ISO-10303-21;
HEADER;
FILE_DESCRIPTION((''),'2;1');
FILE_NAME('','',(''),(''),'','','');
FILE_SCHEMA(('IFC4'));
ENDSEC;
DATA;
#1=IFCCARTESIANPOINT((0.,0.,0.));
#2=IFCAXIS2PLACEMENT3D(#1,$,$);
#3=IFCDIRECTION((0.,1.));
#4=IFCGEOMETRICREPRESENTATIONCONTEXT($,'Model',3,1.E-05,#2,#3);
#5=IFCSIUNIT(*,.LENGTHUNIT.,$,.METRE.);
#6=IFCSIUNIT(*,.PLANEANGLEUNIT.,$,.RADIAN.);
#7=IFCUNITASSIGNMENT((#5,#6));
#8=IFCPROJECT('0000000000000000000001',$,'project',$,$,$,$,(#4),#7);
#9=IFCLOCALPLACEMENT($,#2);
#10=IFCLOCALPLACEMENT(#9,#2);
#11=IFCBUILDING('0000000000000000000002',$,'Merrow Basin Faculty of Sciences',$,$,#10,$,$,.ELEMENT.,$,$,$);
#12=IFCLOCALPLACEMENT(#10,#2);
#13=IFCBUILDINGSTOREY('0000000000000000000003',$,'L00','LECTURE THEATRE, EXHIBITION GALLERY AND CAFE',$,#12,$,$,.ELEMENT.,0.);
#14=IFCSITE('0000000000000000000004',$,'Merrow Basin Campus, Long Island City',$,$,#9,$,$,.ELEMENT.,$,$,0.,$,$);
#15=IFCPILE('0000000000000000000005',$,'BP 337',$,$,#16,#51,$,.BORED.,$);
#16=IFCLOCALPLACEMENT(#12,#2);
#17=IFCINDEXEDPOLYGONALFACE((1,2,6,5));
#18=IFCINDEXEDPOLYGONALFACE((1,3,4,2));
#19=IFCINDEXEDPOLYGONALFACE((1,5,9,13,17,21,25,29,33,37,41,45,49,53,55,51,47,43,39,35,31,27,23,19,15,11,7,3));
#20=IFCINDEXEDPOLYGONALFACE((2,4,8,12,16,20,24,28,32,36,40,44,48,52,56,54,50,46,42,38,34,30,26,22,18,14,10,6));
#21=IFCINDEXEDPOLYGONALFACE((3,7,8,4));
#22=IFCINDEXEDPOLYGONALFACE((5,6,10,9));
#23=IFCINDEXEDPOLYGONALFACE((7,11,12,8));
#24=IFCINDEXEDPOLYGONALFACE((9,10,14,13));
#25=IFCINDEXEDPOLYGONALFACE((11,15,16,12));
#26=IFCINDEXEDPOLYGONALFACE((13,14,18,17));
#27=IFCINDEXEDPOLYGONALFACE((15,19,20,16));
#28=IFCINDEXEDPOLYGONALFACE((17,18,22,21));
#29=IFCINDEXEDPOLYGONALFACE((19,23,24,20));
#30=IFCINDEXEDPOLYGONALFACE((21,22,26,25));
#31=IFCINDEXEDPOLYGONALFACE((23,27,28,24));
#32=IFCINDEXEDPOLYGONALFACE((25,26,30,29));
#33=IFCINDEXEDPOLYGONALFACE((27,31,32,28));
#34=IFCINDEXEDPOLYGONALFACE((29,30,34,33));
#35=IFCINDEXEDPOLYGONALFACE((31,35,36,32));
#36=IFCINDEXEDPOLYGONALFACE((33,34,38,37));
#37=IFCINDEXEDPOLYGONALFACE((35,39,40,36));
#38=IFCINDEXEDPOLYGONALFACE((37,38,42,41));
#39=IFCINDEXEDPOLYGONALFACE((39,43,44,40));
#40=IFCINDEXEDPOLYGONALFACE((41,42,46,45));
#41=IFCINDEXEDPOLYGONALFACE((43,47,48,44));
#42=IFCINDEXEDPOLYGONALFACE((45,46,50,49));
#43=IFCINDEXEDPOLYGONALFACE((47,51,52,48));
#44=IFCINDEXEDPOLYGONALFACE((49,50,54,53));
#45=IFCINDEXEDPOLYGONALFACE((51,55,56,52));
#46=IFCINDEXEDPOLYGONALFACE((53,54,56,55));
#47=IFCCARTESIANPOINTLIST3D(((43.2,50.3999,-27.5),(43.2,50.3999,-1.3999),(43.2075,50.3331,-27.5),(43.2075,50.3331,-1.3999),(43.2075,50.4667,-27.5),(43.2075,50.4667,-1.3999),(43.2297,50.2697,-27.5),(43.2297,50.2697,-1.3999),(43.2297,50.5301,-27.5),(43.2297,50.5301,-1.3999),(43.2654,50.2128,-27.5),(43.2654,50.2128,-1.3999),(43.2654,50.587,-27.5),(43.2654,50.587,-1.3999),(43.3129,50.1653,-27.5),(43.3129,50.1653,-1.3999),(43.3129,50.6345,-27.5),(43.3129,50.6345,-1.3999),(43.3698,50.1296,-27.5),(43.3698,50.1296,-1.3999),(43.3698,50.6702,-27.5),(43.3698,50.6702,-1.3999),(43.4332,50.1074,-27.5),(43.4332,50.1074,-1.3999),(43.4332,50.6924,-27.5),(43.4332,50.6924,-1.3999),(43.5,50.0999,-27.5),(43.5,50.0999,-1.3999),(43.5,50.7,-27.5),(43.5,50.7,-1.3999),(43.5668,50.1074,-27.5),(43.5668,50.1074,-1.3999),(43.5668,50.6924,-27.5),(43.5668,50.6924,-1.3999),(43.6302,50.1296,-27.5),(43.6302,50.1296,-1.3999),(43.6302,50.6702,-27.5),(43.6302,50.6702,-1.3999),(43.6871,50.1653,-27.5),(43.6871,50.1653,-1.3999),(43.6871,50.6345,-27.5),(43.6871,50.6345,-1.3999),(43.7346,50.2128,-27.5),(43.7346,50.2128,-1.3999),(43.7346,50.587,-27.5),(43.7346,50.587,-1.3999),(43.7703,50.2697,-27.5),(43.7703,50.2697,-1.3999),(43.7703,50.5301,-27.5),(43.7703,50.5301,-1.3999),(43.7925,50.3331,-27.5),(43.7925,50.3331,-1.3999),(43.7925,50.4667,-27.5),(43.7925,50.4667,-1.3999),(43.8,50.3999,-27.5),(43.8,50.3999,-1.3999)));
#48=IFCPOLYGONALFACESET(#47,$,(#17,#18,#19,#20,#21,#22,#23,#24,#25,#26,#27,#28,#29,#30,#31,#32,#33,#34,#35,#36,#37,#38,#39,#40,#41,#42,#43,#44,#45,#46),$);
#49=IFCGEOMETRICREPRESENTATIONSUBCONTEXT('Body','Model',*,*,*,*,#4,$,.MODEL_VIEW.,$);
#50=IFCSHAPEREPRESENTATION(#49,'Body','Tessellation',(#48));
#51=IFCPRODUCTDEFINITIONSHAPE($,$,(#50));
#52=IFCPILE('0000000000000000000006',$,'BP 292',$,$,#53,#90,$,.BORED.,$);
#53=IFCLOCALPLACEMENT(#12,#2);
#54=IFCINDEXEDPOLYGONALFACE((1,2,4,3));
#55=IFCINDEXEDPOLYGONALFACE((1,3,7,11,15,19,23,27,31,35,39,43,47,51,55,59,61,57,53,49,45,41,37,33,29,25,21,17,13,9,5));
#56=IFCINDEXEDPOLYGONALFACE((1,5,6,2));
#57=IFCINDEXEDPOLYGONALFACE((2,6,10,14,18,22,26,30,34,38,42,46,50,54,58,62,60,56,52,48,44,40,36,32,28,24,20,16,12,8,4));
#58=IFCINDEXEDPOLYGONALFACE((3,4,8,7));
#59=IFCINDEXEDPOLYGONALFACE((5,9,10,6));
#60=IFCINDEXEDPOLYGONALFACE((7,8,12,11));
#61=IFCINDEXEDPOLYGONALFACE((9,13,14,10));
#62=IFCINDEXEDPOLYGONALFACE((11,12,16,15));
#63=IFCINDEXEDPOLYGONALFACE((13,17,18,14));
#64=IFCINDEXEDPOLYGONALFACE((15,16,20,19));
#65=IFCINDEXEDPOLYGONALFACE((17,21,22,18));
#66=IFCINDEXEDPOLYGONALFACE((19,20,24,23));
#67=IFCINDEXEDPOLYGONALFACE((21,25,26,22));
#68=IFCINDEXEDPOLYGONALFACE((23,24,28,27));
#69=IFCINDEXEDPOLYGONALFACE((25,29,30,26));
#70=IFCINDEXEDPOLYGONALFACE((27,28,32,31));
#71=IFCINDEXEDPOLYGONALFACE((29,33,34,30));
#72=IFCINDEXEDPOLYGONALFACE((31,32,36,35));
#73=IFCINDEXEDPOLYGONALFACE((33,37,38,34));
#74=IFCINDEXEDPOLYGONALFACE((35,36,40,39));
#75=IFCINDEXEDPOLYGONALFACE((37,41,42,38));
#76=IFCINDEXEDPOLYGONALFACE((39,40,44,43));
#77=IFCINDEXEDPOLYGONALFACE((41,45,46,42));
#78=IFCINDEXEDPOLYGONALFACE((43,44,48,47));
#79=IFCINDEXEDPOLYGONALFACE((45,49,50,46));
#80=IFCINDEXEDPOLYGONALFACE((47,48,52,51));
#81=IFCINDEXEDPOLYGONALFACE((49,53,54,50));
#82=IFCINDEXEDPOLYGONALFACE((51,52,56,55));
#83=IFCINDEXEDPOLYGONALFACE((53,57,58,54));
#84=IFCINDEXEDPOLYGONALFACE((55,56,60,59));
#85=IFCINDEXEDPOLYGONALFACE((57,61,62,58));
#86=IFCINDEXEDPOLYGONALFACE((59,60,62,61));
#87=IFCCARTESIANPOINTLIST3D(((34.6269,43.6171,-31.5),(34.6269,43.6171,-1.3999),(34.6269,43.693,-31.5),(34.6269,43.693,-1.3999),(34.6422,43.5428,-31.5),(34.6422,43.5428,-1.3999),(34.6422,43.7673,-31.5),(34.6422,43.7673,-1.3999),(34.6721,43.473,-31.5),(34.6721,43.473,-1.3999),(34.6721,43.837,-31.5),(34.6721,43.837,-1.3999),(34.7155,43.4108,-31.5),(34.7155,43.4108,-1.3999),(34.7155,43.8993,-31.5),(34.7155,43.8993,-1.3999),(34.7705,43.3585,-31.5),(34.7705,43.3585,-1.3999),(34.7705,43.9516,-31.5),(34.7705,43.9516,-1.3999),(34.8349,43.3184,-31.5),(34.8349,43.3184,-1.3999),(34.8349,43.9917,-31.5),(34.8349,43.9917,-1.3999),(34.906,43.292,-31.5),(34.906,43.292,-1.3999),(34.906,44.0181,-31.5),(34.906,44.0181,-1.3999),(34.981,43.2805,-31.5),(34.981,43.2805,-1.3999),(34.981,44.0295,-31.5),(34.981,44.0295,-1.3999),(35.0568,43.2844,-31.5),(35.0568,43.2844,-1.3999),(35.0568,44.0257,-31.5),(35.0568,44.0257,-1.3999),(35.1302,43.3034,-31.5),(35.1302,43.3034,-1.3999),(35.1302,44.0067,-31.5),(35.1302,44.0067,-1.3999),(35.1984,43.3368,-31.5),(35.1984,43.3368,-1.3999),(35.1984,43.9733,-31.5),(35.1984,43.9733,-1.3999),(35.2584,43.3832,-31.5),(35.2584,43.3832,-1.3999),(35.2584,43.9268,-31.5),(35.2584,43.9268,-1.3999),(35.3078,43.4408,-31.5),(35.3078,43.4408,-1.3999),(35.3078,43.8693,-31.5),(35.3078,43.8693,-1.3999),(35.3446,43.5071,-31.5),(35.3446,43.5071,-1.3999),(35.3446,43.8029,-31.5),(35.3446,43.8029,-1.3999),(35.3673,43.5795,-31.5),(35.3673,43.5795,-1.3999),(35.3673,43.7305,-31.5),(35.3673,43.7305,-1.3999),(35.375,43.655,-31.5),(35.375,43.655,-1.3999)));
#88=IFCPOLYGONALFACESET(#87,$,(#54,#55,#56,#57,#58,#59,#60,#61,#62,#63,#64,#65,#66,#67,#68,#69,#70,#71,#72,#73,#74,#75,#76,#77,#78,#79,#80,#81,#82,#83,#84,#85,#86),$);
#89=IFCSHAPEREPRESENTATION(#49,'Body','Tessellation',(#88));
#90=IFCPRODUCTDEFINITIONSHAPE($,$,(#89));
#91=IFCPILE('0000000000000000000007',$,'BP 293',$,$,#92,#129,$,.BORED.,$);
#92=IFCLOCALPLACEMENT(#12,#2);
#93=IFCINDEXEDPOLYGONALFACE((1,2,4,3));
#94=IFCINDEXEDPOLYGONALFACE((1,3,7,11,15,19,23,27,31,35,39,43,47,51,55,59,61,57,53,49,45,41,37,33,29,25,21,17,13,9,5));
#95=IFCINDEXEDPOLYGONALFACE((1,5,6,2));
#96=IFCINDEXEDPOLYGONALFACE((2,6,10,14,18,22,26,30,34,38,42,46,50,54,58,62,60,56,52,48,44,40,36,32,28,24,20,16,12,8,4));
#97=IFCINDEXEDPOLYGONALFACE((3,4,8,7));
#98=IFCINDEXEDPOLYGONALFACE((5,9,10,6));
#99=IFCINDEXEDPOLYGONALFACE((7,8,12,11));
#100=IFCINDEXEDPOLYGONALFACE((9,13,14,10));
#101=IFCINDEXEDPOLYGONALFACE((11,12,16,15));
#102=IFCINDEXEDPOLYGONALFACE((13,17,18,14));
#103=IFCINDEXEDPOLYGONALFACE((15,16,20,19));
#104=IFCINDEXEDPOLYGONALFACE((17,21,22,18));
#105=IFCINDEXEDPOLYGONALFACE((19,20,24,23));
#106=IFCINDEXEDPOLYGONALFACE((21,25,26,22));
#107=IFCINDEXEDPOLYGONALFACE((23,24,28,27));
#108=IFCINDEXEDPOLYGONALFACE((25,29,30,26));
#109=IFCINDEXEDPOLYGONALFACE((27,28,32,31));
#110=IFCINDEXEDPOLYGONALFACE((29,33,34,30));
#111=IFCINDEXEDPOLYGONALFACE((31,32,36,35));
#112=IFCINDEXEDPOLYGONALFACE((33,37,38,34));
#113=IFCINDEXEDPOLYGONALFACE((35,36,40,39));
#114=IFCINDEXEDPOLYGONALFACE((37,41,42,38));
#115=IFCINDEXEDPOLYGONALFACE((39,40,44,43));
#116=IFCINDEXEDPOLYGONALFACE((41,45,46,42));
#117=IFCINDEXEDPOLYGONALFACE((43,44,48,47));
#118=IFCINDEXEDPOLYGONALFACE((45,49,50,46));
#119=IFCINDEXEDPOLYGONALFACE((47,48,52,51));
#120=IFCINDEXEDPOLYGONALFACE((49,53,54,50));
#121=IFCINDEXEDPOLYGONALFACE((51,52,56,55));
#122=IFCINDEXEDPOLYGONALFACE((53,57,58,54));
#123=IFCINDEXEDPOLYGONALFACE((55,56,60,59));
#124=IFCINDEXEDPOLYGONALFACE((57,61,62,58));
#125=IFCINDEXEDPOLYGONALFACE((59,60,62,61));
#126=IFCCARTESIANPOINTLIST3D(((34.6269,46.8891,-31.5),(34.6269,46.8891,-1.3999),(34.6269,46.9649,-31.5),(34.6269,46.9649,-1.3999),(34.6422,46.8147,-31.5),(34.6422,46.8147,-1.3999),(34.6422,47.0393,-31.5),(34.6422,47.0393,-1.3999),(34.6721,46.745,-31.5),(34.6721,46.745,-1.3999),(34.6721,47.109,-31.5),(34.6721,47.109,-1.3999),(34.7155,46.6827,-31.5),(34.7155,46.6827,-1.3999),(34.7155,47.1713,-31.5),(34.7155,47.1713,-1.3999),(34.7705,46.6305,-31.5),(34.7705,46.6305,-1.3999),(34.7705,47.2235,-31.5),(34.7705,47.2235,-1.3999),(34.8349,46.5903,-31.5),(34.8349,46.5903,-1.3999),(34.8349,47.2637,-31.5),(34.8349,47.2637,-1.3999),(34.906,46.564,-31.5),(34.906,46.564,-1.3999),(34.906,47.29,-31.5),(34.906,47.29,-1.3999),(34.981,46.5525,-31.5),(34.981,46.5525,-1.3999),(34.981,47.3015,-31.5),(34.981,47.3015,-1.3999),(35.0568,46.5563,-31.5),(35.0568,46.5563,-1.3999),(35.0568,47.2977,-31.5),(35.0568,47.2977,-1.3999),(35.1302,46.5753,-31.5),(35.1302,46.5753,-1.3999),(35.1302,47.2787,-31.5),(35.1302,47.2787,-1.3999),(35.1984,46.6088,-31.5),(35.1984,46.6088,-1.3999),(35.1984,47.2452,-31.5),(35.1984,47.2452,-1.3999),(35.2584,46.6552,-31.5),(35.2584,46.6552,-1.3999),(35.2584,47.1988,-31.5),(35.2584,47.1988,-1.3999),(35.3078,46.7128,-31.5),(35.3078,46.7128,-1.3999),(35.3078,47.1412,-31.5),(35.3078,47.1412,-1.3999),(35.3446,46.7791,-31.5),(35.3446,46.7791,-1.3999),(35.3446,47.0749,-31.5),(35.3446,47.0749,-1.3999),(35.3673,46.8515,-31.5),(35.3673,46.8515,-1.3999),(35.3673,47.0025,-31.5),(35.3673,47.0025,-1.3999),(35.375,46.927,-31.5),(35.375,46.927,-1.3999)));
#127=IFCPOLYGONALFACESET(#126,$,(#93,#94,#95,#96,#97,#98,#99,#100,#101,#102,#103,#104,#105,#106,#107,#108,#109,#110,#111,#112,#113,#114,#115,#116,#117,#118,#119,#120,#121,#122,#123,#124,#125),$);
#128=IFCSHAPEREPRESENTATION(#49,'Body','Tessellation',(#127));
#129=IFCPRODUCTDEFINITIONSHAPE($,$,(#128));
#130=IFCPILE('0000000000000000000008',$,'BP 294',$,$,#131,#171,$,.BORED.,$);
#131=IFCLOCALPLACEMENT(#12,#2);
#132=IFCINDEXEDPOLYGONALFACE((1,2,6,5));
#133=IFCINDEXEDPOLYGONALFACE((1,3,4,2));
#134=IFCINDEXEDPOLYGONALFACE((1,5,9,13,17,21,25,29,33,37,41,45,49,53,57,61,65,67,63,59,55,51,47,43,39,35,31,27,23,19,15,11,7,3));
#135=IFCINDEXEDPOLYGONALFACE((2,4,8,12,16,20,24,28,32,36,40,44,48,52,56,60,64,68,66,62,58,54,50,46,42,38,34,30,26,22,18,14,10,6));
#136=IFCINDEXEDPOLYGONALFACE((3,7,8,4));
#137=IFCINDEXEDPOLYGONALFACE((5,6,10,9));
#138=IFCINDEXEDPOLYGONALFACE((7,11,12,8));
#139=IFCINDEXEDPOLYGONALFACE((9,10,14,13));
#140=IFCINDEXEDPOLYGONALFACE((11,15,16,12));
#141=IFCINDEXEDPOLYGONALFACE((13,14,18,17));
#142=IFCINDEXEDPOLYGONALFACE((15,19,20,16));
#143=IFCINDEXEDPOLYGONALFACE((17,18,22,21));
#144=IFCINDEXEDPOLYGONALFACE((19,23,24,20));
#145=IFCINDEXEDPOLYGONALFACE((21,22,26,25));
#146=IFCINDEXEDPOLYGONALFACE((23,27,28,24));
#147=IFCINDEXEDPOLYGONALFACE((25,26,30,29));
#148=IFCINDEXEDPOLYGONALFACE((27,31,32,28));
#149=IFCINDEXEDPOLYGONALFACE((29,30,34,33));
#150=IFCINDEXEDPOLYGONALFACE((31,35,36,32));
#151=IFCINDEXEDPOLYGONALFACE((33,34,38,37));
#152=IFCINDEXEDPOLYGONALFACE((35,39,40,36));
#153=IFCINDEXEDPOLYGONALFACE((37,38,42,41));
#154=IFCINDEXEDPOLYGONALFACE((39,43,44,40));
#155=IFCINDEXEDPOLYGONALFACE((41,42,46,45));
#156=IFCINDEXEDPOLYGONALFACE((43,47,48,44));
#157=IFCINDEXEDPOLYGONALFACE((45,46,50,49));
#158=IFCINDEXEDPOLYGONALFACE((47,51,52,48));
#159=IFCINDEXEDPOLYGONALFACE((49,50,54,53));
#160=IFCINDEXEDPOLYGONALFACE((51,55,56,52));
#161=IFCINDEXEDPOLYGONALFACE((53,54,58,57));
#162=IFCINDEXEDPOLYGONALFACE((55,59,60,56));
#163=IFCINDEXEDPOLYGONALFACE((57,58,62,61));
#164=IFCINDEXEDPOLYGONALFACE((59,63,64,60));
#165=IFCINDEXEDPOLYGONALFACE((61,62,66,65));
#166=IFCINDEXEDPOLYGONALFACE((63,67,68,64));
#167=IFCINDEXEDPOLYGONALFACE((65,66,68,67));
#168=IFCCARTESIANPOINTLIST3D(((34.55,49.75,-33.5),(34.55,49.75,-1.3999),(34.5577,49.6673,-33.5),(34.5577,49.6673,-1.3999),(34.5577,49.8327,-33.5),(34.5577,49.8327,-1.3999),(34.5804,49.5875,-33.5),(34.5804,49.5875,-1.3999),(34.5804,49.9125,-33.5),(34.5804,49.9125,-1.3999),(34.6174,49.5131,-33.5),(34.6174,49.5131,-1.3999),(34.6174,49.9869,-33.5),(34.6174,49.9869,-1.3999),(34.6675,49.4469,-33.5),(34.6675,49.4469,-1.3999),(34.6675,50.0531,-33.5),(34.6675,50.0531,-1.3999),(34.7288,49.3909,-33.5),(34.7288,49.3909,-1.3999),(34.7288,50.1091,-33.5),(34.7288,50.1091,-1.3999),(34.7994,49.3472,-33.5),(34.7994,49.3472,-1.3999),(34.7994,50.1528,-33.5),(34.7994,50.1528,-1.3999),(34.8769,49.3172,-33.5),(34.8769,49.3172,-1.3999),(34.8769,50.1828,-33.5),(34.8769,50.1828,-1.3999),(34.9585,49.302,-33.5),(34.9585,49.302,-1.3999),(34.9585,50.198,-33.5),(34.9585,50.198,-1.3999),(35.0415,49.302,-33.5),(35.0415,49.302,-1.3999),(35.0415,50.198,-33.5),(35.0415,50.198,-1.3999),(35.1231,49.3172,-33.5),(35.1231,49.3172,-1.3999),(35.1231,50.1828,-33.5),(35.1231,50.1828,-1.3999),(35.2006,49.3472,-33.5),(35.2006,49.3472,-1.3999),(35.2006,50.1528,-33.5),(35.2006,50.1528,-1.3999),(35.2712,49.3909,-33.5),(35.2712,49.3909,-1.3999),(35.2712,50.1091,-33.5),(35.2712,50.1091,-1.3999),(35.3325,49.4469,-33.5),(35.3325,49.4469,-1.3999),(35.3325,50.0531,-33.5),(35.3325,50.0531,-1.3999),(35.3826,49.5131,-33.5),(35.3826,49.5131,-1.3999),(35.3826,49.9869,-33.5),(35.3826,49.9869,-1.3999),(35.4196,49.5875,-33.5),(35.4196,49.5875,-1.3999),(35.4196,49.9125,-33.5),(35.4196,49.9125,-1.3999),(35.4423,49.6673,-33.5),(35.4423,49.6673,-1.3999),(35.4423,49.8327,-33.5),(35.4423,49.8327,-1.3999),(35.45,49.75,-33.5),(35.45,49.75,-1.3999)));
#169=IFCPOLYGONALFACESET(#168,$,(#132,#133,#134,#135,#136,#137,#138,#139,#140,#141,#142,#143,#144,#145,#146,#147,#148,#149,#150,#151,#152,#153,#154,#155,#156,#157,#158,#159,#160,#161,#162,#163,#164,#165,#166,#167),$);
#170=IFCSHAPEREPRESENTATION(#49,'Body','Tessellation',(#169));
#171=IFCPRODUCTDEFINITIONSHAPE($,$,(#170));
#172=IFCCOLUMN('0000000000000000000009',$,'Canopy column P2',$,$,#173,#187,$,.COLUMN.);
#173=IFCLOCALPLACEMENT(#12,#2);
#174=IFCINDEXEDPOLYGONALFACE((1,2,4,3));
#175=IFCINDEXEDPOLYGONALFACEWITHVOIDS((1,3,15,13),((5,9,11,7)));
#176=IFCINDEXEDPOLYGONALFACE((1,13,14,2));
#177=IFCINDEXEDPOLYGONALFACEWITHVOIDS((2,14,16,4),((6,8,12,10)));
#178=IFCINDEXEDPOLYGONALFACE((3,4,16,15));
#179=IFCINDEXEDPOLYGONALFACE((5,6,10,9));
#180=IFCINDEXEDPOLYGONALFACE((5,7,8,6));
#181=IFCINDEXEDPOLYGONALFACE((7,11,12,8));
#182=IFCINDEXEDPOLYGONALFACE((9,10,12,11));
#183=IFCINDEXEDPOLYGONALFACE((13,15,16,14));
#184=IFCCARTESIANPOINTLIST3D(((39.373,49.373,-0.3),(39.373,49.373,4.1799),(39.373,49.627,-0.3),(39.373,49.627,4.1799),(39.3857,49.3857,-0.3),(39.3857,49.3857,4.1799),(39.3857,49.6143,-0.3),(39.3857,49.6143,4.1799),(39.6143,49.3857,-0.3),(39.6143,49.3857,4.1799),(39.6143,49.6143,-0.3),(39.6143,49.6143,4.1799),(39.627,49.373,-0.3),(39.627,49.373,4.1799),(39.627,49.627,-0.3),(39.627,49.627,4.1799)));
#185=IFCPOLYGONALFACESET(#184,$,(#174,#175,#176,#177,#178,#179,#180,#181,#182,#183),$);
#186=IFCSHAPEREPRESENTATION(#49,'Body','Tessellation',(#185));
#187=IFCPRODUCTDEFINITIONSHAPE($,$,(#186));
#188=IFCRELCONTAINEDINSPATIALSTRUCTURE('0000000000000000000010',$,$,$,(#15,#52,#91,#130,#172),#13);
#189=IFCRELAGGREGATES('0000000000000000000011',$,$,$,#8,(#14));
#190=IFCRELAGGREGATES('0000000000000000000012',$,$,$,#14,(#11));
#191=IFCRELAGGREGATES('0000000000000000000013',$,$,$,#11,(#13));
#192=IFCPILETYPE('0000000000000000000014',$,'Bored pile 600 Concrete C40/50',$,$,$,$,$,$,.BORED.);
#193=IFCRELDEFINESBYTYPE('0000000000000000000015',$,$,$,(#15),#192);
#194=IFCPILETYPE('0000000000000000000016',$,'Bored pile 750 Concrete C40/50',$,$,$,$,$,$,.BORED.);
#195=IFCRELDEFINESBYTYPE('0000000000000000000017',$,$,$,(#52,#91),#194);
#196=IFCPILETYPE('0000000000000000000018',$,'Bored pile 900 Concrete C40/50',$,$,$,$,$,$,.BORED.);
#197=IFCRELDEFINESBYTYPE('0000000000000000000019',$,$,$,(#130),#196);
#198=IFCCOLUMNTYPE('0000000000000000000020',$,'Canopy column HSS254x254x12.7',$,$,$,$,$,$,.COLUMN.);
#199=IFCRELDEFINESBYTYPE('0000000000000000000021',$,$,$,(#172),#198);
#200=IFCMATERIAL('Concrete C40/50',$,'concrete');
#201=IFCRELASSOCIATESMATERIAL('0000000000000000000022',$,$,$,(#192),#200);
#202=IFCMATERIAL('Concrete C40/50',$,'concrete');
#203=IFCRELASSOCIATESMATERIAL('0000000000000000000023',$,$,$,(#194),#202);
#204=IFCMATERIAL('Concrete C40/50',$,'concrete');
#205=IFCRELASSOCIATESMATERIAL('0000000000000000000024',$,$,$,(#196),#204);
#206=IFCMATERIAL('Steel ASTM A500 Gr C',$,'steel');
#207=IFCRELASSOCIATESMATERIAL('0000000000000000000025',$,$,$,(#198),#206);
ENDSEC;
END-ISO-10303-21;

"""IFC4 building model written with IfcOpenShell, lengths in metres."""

from ifc_helpers import new_model, si_unit, direction, frame, origin, origin_2d, place, context, subcontext, project, spatial, hollow_rectangle, circle, extrude, material, material_profile, profile_set, type_object, element, save


model = new_model("IFC4")

# Units and contexts
model_context = context("Model", 3, precision=1e-05, world=origin(), true_north=direction((0.0, 1.0)))
body_context = subcontext(model_context, "Body", "Model", "MODEL_VIEW")
ifc_project = project(units=[si_unit("LENGTHUNIT", "METRE"), si_unit("PLANEANGLEUNIT", "RADIAN")], contexts=[model_context])

# Site, building, storey
site_placement = place(None, origin())
site = spatial("IfcSite", under=ifc_project, at=site_placement, Name="Merrow Basin Campus, Long Island City", CompositionType="ELEMENT", RefElevation=0.0)
building_placement = place(site_placement, origin())
building = spatial("IfcBuilding", under=site, at=building_placement, Name="Merrow Basin Faculty of Sciences", CompositionType="ELEMENT")
storey_placement = place(building_placement, origin())
storey = spatial("IfcBuildingStorey", under=building, at=storey_placement, Name="L00", Description="LECTURE THEATRE, EXHIBITION GALLERY AND CAFE", CompositionType="ELEMENT", Elevation=0.0)

# Piles
ifc_material_1 = material(Name="Concrete C40/50", Category="concrete")
ifc_material_profile_1 = material_profile(ifc_material_1, circle(Radius=0.3, at=origin_2d()))
ifc_profile_set_1 = profile_set([ifc_material_profile_1], Name="Concrete C40/50")
pile_type_1 = type_object("IfcPileType", Name="Bored pile 600 Concrete C40/50", PredefinedType="BORED", material=ifc_profile_set_1)
for number, where, z_axis, x_axis, name in (
    (1, (43.5, 50.3999, -1.3999), (0.0, 0.0, -1.0), (1.0, 0.0, 0.0), "BP 337"),
):
    element("IfcPile", number, at=place(storey_placement, frame(where, z_axis=z_axis, x_axis=x_axis)), inside=storey, type_object=pile_type_1, Name=name, PredefinedType="BORED", context=body_context, shape_type="SweptSolid", body=[
        extrude(circle(Radius=0.3, at=origin_2d()), origin(), (0.0, 0.0, 1.0), 26.1001),
    ])
ifc_material_2 = material(Name="Concrete C40/50", Category="concrete")
ifc_material_profile_2 = material_profile(ifc_material_2, circle(Radius=0.375, at=origin_2d()))
ifc_profile_set_2 = profile_set([ifc_material_profile_2], Name="Concrete C40/50")
pile_type_2 = type_object("IfcPileType", Name="Bored pile 750 Concrete C40/50", PredefinedType="BORED", material=ifc_profile_set_2)
for number, where, z_axis, x_axis, name in (
    (2, (35.0, 43.655, -1.3999), (0.0, 0.0, -1.0), (1.0, 0.0, 0.0), "BP 292"),
    (3, (35.0, 46.927, -1.3999), (0.0, 0.0, -1.0), (1.0, 0.0, 0.0), "BP 293"),
):
    element("IfcPile", number, at=place(storey_placement, frame(where, z_axis=z_axis, x_axis=x_axis)), inside=storey, type_object=pile_type_2, Name=name, PredefinedType="BORED", context=body_context, shape_type="SweptSolid", body=[
        extrude(circle(Radius=0.375, at=origin_2d()), origin(), (0.0, 0.0, 1.0), 30.1001),
    ])
ifc_material_3 = material(Name="Concrete C40/50", Category="concrete")
ifc_material_profile_3 = material_profile(ifc_material_3, circle(Radius=0.45, at=origin_2d()))
ifc_profile_set_3 = profile_set([ifc_material_profile_3], Name="Concrete C40/50")
pile_type_3 = type_object("IfcPileType", Name="Bored pile 900 Concrete C40/50", PredefinedType="BORED", material=ifc_profile_set_3)
pile_placement = place(storey_placement, frame((35.0, 49.75, -1.3999), z_axis=(0.0, 0.0, -1.0), x_axis=(1.0, 0.0, 0.0)))
element("IfcPile", 4, at=pile_placement, inside=storey, type_object=pile_type_3, Name="BP 294", PredefinedType="BORED", context=body_context, shape_type="SweptSolid", body=[
    extrude(circle(Radius=0.45, at=origin_2d()), origin(), (0.0, 0.0, 1.0), 32.1001),
])

# Column
ifc_material_4 = material(Name="Steel ASTM A500 Gr C", Category="steel")
ifc_material_profile_4 = material_profile(ifc_material_4, hollow_rectangle(XDim=0.2539, YDim=0.2539, WallThickness=0.0127, at=origin_2d()))
ifc_profile_set_4 = profile_set([ifc_material_profile_4], Name="Steel ASTM A500 Gr C")
column_type = type_object("IfcColumnType", Name="Canopy column HSS254x254x12.7", PredefinedType="COLUMN", material=ifc_profile_set_4)
for number, where, z_axis, x_axis, name in (
    (5, (39.5, 49.5, -0.3), (0.0, 0.0, 1.0), (1.0, 0.0, 0.0), "Canopy column P2"),
):
    element("IfcColumn", number, at=place(storey_placement, frame(where, z_axis=z_axis, x_axis=x_axis)), inside=storey, type_object=column_type, Name=name, PredefinedType="COLUMN", context=body_context, shape_type="SweptSolid", body=[
        extrude(hollow_rectangle(XDim=0.2539, YDim=0.2539, WallThickness=0.0127, at=origin_2d()), origin(), (0.0, 0.0, 1.0), 4.48),
    ])

save(model, "model.ifc")
